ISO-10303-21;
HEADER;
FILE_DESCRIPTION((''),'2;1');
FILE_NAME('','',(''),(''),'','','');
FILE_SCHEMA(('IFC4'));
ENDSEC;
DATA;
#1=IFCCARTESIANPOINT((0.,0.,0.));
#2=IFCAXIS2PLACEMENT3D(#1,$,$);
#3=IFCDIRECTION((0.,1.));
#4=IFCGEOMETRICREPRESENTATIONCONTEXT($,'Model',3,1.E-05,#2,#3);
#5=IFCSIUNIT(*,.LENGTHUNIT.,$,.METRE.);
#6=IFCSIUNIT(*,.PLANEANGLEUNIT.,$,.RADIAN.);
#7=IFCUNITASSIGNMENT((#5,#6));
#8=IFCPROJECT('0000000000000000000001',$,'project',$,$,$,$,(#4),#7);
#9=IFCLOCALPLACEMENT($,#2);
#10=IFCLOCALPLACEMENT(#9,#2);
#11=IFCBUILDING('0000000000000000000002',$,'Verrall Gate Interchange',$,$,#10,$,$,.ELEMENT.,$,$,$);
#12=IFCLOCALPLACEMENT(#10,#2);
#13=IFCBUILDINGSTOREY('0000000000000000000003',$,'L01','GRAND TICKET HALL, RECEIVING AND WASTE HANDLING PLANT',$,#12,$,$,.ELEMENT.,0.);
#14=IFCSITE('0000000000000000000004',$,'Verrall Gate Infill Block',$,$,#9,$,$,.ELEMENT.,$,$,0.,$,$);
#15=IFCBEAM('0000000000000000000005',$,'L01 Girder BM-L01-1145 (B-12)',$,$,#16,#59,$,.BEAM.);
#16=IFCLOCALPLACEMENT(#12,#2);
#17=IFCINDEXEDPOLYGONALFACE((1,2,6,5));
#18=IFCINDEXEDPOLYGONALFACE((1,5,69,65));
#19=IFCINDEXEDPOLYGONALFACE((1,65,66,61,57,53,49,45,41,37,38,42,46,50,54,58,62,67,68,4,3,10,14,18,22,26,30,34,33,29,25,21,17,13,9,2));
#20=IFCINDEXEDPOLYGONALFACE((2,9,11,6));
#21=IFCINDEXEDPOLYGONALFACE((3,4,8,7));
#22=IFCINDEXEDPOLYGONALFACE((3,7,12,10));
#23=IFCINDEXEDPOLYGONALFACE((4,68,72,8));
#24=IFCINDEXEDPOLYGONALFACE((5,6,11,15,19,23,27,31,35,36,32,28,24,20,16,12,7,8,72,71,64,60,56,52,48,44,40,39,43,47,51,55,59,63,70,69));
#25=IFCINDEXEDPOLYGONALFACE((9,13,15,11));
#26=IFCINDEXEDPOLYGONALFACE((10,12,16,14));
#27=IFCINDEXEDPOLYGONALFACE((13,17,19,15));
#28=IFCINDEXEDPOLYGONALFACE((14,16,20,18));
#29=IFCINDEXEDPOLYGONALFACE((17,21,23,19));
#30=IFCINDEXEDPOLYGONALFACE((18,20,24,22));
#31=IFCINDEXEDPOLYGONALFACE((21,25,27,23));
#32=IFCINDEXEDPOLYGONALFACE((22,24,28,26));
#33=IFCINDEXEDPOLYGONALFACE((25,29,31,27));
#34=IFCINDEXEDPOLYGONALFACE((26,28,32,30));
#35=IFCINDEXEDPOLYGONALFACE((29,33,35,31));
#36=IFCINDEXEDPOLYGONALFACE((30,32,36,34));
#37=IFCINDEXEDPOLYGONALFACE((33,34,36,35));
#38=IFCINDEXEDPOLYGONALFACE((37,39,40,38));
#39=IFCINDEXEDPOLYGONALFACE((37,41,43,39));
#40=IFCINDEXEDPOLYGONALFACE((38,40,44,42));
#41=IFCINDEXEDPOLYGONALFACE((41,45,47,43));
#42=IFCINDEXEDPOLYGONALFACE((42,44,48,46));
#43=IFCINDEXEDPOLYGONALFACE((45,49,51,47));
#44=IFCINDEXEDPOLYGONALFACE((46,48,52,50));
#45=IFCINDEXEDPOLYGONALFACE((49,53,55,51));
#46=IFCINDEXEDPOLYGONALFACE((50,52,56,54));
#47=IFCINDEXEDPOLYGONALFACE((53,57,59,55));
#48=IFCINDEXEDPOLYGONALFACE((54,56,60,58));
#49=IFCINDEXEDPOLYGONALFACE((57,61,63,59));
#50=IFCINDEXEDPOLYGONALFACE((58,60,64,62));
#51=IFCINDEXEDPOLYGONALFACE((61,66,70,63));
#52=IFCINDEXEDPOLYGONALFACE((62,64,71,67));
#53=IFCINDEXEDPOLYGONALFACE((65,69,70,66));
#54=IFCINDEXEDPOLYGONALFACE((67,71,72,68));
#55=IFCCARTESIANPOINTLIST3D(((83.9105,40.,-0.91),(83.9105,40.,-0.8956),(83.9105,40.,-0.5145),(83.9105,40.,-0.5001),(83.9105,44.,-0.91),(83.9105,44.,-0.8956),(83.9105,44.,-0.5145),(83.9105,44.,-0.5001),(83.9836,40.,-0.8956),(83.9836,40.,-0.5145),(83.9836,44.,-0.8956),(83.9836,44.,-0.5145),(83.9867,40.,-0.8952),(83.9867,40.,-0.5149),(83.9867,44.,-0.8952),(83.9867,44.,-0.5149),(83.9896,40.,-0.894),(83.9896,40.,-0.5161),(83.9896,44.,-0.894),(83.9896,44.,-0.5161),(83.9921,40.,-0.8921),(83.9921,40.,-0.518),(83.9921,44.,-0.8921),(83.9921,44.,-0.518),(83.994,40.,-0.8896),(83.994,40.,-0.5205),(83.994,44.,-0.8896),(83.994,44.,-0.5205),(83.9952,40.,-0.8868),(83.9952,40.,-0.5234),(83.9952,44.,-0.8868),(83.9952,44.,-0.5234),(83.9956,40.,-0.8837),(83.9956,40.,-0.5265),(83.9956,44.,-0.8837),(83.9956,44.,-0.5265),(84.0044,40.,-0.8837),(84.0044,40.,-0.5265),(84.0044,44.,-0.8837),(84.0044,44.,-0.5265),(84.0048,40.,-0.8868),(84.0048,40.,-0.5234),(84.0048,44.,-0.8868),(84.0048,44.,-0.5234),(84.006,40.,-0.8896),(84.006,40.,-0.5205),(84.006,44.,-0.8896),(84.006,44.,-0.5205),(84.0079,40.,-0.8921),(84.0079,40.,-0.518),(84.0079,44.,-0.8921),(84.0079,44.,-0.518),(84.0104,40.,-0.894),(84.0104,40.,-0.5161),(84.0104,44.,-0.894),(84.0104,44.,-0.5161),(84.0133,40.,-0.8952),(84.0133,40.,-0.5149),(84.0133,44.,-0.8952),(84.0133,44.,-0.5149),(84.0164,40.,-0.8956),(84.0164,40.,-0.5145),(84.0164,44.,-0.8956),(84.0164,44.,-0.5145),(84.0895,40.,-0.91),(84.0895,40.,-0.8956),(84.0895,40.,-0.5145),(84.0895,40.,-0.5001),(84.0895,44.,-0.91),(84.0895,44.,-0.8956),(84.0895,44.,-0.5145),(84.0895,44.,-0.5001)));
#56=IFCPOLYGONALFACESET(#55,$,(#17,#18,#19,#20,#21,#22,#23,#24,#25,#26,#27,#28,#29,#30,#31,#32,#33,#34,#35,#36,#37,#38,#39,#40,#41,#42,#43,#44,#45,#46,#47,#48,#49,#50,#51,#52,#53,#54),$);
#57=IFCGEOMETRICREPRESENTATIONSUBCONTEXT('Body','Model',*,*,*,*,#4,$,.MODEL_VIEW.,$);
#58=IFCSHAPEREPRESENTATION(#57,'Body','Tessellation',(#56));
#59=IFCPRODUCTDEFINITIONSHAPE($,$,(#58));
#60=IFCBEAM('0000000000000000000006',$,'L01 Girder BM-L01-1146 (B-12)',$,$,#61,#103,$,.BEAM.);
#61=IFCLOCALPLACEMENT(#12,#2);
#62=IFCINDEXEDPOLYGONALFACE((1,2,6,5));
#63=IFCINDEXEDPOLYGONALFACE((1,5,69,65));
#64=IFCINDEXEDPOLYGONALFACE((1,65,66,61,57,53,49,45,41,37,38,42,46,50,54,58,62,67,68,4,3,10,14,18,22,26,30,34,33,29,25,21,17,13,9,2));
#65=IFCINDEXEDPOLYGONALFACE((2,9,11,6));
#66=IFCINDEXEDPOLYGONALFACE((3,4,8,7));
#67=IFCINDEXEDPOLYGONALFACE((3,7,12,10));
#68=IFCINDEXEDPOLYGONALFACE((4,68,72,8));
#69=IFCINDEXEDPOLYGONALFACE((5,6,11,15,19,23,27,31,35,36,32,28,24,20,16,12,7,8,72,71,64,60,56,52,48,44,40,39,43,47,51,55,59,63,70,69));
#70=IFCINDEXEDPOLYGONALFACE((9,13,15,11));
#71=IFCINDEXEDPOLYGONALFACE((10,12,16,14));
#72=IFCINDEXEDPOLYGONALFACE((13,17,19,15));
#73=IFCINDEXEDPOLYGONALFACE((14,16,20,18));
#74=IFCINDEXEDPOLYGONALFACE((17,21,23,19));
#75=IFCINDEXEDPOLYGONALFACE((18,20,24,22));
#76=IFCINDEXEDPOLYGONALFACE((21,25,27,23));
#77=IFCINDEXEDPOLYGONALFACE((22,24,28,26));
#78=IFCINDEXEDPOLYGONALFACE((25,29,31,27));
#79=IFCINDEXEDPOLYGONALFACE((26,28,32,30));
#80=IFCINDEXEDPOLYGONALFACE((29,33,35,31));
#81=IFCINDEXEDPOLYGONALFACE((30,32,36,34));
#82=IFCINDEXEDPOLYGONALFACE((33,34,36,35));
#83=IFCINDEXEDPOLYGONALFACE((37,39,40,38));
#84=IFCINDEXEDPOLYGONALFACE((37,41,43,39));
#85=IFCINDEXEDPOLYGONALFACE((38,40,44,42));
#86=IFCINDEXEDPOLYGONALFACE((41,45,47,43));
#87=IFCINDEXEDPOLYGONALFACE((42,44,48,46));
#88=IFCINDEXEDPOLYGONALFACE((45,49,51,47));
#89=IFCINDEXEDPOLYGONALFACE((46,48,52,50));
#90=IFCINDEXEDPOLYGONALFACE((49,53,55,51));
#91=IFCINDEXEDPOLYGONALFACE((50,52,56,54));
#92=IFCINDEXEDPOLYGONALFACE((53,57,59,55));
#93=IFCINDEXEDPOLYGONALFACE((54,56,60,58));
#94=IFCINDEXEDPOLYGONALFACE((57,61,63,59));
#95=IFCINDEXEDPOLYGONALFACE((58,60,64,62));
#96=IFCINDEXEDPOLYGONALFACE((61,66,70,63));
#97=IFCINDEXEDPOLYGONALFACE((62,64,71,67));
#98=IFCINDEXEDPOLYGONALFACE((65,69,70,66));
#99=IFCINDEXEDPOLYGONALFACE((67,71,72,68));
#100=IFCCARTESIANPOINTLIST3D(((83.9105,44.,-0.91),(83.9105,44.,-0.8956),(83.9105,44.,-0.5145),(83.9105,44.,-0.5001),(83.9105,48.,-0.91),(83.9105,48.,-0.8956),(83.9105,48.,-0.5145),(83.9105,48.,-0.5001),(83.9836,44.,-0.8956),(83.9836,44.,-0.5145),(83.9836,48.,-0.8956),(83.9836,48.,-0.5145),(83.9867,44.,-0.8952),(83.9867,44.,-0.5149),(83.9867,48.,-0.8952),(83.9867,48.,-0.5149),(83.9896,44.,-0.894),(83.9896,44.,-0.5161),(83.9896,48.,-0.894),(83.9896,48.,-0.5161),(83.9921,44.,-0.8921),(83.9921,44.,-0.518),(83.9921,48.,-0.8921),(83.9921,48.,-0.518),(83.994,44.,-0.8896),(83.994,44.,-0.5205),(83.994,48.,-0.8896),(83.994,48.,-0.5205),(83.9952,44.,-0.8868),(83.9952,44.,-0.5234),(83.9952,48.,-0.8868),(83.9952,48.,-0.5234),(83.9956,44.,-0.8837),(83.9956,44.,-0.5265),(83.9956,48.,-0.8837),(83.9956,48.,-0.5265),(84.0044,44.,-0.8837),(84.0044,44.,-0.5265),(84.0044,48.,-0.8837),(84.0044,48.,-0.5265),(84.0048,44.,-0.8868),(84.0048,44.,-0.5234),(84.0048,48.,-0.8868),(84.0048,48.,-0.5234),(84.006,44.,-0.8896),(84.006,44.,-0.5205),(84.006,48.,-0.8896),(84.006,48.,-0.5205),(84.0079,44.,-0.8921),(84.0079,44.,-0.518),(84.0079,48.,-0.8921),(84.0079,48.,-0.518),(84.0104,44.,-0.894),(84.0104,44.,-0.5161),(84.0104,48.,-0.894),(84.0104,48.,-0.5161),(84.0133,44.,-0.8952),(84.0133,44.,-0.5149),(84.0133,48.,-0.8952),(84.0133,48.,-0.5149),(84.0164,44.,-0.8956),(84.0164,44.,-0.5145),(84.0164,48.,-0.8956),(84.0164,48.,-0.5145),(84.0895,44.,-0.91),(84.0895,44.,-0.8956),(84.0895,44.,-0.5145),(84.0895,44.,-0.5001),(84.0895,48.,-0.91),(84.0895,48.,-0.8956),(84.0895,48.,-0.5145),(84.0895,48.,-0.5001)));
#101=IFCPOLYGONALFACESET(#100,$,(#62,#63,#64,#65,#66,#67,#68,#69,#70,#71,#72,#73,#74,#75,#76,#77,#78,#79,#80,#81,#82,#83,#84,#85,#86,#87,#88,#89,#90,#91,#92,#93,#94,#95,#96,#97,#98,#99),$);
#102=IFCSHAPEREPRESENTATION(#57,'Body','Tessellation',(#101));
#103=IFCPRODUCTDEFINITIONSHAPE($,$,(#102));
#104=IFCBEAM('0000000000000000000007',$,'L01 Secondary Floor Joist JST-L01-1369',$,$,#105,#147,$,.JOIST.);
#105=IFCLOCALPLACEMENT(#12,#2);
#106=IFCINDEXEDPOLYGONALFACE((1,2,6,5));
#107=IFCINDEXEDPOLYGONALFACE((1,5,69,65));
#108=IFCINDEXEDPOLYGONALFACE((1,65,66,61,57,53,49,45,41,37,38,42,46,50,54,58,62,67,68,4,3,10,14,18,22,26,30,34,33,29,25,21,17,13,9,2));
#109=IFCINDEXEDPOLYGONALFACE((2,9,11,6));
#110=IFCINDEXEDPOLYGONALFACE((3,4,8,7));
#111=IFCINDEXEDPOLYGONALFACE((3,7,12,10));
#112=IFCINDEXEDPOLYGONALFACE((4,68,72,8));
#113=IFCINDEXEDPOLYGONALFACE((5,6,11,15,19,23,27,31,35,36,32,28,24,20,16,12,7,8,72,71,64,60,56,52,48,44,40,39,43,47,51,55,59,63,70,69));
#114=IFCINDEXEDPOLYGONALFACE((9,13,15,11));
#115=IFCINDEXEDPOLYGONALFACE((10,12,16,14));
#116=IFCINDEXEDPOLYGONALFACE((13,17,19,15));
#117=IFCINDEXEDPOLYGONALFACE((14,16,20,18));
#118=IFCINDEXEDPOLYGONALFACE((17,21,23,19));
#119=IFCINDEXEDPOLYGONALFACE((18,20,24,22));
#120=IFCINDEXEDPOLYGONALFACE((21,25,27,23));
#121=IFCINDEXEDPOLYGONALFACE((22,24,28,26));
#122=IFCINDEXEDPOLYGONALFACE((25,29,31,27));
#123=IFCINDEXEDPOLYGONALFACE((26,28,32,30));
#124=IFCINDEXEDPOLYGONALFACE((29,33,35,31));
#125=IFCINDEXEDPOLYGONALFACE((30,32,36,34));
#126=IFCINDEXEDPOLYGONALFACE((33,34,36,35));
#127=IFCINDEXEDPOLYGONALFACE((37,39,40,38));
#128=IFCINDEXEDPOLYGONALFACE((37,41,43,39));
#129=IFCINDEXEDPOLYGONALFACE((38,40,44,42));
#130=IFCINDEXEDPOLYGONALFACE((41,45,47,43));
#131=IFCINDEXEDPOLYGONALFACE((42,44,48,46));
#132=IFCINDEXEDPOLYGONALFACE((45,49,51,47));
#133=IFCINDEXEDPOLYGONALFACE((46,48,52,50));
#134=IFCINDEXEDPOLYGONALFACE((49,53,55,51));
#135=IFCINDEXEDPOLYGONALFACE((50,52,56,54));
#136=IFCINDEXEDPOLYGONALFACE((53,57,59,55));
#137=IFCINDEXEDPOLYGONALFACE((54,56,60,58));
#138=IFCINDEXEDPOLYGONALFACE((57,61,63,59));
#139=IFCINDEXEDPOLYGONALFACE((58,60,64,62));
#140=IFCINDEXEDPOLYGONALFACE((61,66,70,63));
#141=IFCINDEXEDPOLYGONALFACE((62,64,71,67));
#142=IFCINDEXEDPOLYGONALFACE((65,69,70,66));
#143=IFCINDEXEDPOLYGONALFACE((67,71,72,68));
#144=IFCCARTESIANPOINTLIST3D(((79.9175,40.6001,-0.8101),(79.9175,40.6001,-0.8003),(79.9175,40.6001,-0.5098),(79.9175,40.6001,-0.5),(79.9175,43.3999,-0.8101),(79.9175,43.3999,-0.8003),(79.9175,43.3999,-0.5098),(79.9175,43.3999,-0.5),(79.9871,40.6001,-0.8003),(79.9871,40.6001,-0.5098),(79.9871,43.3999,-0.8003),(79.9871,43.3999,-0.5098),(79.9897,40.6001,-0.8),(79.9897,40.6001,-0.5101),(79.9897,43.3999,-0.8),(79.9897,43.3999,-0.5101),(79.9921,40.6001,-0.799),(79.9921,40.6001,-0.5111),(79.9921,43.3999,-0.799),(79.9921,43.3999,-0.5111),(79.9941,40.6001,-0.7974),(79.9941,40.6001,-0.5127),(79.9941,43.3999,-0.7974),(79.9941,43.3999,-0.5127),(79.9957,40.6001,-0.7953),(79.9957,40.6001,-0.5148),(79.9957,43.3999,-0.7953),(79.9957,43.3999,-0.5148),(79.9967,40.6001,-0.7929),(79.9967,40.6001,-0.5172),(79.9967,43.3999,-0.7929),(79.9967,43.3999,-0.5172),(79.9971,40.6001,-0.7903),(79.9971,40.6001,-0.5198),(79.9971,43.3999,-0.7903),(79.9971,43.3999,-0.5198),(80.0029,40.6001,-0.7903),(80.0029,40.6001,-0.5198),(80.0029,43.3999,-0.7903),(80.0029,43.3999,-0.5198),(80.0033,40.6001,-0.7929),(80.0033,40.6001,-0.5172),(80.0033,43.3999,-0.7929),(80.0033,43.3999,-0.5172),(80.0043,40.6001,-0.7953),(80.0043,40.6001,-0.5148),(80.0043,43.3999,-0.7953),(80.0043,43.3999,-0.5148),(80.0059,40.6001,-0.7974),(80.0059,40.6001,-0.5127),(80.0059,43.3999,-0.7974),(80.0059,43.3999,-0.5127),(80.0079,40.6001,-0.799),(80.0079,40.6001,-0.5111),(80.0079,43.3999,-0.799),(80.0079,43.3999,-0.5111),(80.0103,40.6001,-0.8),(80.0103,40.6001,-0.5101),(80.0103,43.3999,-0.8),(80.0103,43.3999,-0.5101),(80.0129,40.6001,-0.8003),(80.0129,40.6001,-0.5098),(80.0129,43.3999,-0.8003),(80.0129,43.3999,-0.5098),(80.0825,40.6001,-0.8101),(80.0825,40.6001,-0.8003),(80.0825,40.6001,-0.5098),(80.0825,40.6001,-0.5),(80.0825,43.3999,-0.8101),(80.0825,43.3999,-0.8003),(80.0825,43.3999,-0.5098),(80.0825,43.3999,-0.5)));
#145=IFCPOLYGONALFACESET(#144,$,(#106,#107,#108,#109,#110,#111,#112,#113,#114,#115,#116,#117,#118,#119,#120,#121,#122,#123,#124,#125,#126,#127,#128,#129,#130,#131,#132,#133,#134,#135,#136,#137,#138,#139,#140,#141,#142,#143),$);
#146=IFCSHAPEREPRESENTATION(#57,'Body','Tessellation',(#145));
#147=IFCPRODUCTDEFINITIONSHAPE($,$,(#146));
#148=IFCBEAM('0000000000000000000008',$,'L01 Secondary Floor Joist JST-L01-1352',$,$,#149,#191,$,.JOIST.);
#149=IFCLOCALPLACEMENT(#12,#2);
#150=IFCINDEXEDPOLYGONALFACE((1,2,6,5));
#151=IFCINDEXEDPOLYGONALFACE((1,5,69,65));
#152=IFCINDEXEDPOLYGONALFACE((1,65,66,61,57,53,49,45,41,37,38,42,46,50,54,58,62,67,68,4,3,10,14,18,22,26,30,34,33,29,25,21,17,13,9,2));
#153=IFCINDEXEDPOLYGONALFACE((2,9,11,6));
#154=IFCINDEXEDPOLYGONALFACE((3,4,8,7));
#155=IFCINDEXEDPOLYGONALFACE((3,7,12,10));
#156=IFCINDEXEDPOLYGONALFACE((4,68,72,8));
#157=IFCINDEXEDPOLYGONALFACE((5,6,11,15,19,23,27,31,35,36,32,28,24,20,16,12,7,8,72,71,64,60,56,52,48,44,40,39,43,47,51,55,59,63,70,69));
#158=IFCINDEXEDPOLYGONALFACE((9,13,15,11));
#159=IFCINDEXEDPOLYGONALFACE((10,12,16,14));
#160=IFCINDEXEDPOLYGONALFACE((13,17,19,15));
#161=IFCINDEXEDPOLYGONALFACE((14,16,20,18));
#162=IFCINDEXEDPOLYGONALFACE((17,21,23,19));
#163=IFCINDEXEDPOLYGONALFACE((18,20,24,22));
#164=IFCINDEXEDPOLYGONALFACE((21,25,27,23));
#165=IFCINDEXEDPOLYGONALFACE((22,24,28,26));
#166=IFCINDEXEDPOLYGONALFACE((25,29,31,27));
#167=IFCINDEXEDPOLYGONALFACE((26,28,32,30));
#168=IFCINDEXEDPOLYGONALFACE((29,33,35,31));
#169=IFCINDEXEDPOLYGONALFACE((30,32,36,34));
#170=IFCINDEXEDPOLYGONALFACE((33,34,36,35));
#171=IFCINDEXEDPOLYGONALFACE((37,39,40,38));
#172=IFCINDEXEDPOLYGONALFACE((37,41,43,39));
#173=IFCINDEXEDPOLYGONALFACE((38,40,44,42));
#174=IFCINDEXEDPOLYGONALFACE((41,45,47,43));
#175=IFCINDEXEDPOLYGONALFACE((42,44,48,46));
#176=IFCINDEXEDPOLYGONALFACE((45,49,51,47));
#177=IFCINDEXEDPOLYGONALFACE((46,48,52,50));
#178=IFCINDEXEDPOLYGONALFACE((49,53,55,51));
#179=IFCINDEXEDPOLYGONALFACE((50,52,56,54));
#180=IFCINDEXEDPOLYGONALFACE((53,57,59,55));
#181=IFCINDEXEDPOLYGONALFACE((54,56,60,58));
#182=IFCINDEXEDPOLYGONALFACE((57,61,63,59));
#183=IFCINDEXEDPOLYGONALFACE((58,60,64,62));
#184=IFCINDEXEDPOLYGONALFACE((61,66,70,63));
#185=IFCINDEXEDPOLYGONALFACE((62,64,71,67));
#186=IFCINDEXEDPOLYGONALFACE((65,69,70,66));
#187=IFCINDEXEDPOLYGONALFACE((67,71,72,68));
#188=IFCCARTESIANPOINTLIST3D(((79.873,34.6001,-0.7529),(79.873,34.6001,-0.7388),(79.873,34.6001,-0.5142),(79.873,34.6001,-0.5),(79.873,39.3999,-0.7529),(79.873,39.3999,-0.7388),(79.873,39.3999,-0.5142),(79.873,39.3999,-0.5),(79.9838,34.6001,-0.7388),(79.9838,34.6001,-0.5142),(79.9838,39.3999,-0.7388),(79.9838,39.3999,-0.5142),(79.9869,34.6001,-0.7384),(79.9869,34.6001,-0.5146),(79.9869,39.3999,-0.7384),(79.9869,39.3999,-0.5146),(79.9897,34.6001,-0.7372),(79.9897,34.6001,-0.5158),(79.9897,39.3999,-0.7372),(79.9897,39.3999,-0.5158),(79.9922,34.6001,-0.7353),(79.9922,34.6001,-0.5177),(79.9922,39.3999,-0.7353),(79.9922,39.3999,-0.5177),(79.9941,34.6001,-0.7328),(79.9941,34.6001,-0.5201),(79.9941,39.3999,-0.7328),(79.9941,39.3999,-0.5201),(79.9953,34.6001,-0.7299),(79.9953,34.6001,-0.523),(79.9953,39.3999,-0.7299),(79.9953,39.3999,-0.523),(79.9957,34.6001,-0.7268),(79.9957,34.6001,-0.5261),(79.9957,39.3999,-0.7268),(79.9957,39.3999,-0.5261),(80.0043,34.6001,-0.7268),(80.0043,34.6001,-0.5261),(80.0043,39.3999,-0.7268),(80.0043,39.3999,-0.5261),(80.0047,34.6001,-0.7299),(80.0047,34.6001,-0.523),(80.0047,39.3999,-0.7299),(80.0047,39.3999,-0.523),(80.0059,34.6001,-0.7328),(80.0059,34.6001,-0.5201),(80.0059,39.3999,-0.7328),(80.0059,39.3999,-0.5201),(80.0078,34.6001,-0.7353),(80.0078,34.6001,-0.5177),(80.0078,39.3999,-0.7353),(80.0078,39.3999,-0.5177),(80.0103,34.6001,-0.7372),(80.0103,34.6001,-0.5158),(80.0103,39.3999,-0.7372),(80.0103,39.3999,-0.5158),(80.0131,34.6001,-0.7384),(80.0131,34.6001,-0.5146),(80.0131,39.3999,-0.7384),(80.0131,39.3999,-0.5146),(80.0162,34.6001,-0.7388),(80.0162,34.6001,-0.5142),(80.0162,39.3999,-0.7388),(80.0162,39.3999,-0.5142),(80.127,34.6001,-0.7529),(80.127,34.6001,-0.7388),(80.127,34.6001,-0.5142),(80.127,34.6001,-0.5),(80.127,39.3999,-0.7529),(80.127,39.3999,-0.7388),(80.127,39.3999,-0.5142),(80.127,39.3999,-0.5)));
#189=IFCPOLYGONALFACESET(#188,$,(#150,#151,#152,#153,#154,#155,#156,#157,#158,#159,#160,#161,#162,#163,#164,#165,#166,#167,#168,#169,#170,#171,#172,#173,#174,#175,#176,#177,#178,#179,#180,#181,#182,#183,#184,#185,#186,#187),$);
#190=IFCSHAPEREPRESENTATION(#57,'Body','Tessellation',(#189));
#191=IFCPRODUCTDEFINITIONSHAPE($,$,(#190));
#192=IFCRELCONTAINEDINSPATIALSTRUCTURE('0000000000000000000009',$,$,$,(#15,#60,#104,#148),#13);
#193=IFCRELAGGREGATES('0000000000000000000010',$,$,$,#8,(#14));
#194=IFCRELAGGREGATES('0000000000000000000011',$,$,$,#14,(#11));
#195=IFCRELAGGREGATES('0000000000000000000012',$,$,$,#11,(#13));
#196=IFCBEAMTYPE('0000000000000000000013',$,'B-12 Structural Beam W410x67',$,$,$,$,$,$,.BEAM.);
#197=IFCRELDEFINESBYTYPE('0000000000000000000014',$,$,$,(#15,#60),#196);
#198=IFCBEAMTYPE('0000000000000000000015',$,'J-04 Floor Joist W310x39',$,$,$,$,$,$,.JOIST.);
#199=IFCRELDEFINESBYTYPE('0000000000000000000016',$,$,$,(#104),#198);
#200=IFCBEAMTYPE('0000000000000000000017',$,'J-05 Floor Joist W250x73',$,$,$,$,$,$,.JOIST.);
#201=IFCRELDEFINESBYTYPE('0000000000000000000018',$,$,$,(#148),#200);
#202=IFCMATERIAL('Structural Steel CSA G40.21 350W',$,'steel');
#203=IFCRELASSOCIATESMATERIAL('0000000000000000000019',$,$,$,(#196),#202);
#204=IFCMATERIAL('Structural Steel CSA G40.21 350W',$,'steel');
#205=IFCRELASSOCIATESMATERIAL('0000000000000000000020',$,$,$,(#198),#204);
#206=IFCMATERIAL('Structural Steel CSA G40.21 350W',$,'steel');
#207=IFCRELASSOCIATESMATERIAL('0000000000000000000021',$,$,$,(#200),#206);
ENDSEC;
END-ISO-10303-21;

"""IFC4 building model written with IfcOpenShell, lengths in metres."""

from ifc_helpers import new_model, si_unit, direction, frame, origin, origin_2d, place, context, subcontext, project, spatial, i_section, extrude, material, material_profile, profile_set, type_object, element, save


model = new_model("IFC4")

# Units and contexts
model_context = context("Model", 3, precision=1e-05, world=origin(), true_north=direction((0.0, 1.0)))
body_context = subcontext(model_context, "Body", "Model", "MODEL_VIEW")
ifc_project = project(units=[si_unit("LENGTHUNIT", "METRE"), si_unit("PLANEANGLEUNIT", "RADIAN")], contexts=[model_context])

# Site, building, storey
site_placement = place(None, origin())
site = spatial("IfcSite", under=ifc_project, at=site_placement, Name="Verrall Gate Infill Block", CompositionType="ELEMENT", RefElevation=0.0)
building_placement = place(site_placement, origin())
building = spatial("IfcBuilding", under=site, at=building_placement, Name="Verrall Gate Interchange", CompositionType="ELEMENT")
storey_placement = place(building_placement, origin())
storey = spatial("IfcBuildingStorey", under=building, at=storey_placement, Name="L01", Description="GRAND TICKET HALL, RECEIVING AND WASTE HANDLING PLANT", CompositionType="ELEMENT", Elevation=0.0)

# Beams
ifc_material_1 = material(Name="Structural Steel CSA G40.21 350W", Category="steel")
ifc_material_profile_1 = material_profile(ifc_material_1, i_section(OverallWidth=0.179, OverallDepth=0.4099, WebThickness=0.0088, FlangeThickness=0.0144, FilletRadius=0.012, at=origin_2d()), Name="W410x67")
ifc_profile_set_1 = profile_set([ifc_material_profile_1], Name="Structural Steel CSA G40.21 350W")
beam_type_1 = type_object("IfcBeamType", Name="B-12 Structural Beam W410x67", PredefinedType="BEAM", material=ifc_profile_set_1)
for number, where, z_axis, x_axis, name in (
    (1, (84.0, 40.0, -0.7051), (0.0, 1.0, 0.0), (-1.0, 0.0, 0.0), "L01 Girder BM-L01-1145 (B-12)"),
    (2, (84.0, 44.0, -0.7051), (0.0, 1.0, 0.0), (-1.0, 0.0, 0.0), "L01 Girder BM-L01-1146 (B-12)"),
):
    element("IfcBeam", number, at=place(storey_placement, frame(where, z_axis=z_axis, x_axis=x_axis)), inside=storey, type_object=beam_type_1, Name=name, PredefinedType="BEAM", context=body_context, shape_type="SweptSolid", body=[
        extrude(i_section(OverallWidth=0.179, OverallDepth=0.4099, WebThickness=0.0088, FlangeThickness=0.0144, FilletRadius=0.012, at=origin_2d()), origin(), (0.0, 0.0, 1.0), 4.0),
    ])
ifc_material_2 = material(Name="Structural Steel CSA G40.21 350W", Category="steel")
ifc_material_profile_2 = material_profile(ifc_material_2, i_section(OverallWidth=0.165, OverallDepth=0.3101, WebThickness=0.0059, FlangeThickness=0.0098, FilletRadius=0.01, at=origin_2d()), Name="W310x39")
ifc_profile_set_2 = profile_set([ifc_material_profile_2], Name="Structural Steel CSA G40.21 350W")
beam_type_2 = type_object("IfcBeamType", Name="J-04 Floor Joist W310x39", PredefinedType="JOIST", material=ifc_profile_set_2)
beam_1_placement = place(storey_placement, frame((80.0, 40.6001, -0.655), z_axis=(0.0, 1.0, 0.0), x_axis=(-1.0, 0.0, 0.0)))
element("IfcBeam", 3, at=beam_1_placement, inside=storey, type_object=beam_type_2, Name="L01 Secondary Floor Joist JST-L01-1369", PredefinedType="JOIST", context=body_context, shape_type="SweptSolid", body=[
    extrude(i_section(OverallWidth=0.165, OverallDepth=0.3101, WebThickness=0.0059, FlangeThickness=0.0098, FilletRadius=0.01, at=origin_2d()), origin(), (0.0, 0.0, 1.0), 2.7998),
])
ifc_material_3 = material(Name="Structural Steel CSA G40.21 350W", Category="steel")
ifc_material_profile_3 = material_profile(ifc_material_3, i_section(OverallWidth=0.2539, OverallDepth=0.2529, WebThickness=0.0085, FlangeThickness=0.0142, FilletRadius=0.012, at=origin_2d()), Name="W250x73")
ifc_profile_set_3 = profile_set([ifc_material_profile_3], Name="Structural Steel CSA G40.21 350W")
beam_type_3 = type_object("IfcBeamType", Name="J-05 Floor Joist W250x73", PredefinedType="JOIST", material=ifc_profile_set_3)
beam_2_placement = place(storey_placement, frame((80.0, 34.6001, -0.6265), z_axis=(0.0, 1.0, 0.0), x_axis=(-1.0, 0.0, 0.0)))
element("IfcBeam", 4, at=beam_2_placement, inside=storey, type_object=beam_type_3, Name="L01 Secondary Floor Joist JST-L01-1352", PredefinedType="JOIST", context=body_context, shape_type="SweptSolid", body=[
    extrude(i_section(OverallWidth=0.2539, OverallDepth=0.2529, WebThickness=0.0085, FlangeThickness=0.0142, FilletRadius=0.012, at=origin_2d()), origin(), (0.0, 0.0, 1.0), 4.7998),
])

save(model, "model.ifc")
